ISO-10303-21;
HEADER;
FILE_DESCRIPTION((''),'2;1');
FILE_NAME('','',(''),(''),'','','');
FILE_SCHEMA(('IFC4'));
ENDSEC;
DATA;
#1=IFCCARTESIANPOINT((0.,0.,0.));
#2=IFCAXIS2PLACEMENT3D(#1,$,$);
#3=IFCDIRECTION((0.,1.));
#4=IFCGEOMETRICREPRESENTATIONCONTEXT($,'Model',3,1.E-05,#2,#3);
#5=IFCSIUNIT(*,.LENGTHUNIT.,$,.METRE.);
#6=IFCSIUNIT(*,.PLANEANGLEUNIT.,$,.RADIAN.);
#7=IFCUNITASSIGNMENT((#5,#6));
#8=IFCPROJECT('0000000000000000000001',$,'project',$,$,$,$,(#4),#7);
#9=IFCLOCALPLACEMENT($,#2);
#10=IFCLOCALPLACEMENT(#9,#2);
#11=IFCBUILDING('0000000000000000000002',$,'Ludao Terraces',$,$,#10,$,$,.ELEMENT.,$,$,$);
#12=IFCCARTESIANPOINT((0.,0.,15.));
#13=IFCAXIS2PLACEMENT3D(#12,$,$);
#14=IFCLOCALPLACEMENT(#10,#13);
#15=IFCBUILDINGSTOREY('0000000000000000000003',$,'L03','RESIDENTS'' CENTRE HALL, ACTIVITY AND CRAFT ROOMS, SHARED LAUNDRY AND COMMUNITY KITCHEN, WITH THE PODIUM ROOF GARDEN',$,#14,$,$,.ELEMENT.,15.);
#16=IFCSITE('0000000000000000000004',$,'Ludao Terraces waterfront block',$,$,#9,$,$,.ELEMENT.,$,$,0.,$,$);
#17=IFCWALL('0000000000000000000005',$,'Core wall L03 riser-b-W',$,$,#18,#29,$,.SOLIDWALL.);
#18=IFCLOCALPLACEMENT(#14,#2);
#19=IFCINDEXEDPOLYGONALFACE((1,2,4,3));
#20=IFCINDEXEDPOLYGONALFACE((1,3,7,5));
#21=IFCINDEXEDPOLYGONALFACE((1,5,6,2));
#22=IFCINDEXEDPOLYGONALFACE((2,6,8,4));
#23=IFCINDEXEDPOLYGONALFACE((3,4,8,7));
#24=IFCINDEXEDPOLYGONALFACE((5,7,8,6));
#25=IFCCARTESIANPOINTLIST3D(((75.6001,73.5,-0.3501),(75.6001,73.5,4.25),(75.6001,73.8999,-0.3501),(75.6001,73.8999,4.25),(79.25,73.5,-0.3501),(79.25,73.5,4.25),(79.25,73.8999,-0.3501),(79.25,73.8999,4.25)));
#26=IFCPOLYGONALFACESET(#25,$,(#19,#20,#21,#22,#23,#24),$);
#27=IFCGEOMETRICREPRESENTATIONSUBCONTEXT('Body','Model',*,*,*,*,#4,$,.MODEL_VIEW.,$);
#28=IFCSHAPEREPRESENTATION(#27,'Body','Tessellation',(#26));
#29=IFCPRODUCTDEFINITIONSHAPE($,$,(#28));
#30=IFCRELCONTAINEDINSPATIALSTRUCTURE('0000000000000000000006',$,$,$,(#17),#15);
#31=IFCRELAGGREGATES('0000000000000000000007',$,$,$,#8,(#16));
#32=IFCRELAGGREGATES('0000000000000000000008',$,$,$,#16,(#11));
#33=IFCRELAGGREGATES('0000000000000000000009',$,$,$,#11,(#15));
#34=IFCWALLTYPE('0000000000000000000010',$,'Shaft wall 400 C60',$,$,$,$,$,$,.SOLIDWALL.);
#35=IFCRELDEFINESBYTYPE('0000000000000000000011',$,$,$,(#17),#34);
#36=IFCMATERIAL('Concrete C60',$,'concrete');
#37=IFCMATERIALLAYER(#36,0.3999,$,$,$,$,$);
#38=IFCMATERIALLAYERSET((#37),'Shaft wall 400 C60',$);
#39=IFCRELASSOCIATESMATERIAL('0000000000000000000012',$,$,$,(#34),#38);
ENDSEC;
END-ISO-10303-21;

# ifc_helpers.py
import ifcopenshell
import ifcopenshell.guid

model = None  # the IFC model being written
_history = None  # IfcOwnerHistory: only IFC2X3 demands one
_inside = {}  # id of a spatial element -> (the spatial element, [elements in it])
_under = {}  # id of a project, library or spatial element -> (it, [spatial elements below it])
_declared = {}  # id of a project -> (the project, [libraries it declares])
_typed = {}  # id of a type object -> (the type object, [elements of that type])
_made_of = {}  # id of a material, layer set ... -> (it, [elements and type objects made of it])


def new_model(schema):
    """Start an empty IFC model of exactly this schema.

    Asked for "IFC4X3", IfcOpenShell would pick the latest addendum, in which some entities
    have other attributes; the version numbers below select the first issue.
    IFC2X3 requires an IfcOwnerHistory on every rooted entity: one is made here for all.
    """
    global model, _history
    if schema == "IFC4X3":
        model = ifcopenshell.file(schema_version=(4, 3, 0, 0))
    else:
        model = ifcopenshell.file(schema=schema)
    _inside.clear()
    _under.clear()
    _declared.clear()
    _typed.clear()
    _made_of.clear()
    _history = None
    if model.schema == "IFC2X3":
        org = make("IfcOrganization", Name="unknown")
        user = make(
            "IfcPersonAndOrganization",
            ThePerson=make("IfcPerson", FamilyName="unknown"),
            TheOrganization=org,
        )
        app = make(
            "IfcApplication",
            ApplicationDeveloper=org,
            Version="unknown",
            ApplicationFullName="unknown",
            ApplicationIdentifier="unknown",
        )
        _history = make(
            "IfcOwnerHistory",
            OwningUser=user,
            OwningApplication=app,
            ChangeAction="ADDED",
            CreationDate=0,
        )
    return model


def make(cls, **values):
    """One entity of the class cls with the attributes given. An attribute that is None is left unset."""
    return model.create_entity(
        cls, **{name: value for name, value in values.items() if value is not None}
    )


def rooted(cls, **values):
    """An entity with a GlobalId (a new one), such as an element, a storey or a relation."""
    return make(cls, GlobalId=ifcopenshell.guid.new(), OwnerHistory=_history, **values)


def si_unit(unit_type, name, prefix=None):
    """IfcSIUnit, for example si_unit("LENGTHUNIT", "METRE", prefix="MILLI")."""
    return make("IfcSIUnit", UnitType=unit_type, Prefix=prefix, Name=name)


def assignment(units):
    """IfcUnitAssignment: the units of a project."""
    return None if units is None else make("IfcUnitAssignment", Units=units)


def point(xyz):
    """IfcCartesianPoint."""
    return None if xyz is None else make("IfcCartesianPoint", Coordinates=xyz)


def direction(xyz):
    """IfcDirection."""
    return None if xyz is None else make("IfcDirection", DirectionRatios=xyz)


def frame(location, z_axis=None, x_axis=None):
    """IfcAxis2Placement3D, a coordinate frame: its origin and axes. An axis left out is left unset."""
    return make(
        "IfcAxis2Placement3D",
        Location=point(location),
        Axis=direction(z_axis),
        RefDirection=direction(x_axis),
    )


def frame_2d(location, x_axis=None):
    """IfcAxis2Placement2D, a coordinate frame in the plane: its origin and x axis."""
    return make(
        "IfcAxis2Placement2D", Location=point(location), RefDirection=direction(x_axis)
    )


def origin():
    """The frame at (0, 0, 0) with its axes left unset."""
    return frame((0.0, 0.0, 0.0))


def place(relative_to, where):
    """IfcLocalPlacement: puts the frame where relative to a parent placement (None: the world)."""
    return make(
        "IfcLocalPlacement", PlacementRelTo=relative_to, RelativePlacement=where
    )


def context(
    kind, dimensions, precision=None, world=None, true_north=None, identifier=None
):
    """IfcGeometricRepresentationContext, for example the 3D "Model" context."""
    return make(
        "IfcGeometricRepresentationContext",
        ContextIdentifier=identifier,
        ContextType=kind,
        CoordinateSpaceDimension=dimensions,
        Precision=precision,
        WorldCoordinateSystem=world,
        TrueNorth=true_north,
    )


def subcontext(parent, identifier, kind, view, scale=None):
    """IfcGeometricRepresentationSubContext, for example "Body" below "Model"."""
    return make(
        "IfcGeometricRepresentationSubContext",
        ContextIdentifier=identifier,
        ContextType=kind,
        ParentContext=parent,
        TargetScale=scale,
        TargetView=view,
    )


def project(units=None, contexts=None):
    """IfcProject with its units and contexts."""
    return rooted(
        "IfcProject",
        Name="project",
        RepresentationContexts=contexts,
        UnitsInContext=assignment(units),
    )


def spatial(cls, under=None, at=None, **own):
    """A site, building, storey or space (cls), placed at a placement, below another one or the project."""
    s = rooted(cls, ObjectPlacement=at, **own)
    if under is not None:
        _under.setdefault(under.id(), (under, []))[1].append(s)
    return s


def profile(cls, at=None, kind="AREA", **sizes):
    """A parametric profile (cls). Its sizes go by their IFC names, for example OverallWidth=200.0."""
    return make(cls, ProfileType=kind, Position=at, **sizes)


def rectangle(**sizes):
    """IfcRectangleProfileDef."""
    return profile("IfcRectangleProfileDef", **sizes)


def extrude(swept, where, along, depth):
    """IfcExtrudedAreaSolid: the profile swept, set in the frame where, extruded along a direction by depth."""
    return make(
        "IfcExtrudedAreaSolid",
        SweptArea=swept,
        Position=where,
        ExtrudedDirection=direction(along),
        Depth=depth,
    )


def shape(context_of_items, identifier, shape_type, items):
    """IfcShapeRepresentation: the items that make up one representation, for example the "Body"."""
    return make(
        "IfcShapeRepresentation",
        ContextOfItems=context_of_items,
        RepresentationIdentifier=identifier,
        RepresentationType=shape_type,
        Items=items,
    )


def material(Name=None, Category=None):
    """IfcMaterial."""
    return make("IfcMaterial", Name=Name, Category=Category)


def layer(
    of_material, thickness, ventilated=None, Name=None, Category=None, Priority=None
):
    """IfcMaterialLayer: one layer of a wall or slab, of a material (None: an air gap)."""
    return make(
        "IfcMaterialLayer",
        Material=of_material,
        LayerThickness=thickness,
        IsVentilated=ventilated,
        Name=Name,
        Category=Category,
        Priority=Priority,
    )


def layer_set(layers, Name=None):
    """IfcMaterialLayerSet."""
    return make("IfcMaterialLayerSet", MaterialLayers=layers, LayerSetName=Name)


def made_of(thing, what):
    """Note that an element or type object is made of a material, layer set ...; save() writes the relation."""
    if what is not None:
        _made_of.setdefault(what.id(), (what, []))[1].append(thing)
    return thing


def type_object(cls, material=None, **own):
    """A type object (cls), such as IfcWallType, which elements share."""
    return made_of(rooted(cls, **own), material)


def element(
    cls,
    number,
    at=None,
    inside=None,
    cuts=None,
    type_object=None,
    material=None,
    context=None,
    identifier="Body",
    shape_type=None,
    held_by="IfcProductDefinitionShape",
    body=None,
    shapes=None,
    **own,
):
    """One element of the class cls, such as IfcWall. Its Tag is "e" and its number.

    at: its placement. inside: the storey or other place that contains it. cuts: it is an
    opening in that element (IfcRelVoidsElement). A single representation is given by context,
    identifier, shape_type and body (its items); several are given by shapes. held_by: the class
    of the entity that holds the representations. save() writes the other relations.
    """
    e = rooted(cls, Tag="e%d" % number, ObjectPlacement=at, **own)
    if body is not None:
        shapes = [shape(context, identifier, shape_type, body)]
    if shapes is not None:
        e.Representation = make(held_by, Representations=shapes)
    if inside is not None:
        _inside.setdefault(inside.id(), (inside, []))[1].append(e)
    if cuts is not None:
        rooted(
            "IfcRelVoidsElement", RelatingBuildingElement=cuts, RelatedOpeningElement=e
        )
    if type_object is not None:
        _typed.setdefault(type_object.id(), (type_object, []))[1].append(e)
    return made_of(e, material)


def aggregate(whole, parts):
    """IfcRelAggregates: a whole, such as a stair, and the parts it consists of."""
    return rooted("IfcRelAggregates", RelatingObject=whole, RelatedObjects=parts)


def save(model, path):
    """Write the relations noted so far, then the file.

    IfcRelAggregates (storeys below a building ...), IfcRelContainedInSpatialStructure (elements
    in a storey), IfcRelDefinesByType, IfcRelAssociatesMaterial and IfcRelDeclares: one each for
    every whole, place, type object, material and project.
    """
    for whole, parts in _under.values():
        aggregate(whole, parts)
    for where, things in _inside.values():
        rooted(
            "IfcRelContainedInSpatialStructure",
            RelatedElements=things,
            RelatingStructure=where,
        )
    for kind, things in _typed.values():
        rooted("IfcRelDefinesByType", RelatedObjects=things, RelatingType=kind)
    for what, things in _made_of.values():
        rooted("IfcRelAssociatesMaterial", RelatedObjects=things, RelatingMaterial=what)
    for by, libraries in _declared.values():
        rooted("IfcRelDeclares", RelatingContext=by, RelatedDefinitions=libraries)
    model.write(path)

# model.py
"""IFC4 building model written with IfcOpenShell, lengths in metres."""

from ifc_helpers import new_model, si_unit, direction, frame, frame_2d, origin, place, context, subcontext, project, spatial, rectangle, extrude, material, layer, layer_set, type_object, element, save


model = new_model("IFC4")

# Units and contexts
model_context = context("Model", 3, precision=1e-05, world=origin(), true_north=direction((0.0, 1.0)))
body_context = subcontext(model_context, "Body", "Model", "MODEL_VIEW")
ifc_project = project(units=[si_unit("LENGTHUNIT", "METRE"), si_unit("PLANEANGLEUNIT", "RADIAN")], contexts=[model_context])

# Site, building, storey
site_placement = place(None, origin())
site = spatial("IfcSite", under=ifc_project, at=site_placement, Name="Ludao Terraces waterfront block", CompositionType="ELEMENT", RefElevation=0.0)
building_placement = place(site_placement, origin())
building = spatial("IfcBuilding", under=site, at=building_placement, Name="Ludao Terraces", CompositionType="ELEMENT")
storey_placement = place(building_placement, frame((0.0, 0.0, 15.0)))
storey = spatial("IfcBuildingStorey", under=building, at=storey_placement, Name="L03", Description="RESIDENTS' CENTRE HALL, ACTIVITY AND CRAFT ROOMS, SHARED LAUNDRY AND COMMUNITY KITCHEN, WITH THE PODIUM ROOF GARDEN", CompositionType="ELEMENT", Elevation=15.0)

# Shared definitions
ifc_material_1 = material(Name="Concrete C60", Category="concrete")
ifc_layer_1 = layer(ifc_material_1, 0.3999)
ifc_layer_set_1 = layer_set([ifc_layer_1], Name="Shaft wall 400 C60")
wall_type_1 = type_object("IfcWallType", Name="Shaft wall 400 C60", PredefinedType="SOLIDWALL", material=ifc_layer_set_1)

# Wall
wall_1_placement = place(storey_placement, frame((75.6001, 73.7, -0.3501), z_axis=(0.0, 0.0, 1.0), x_axis=(1.0, 0.0, 0.0)))
element("IfcWall", 1, at=wall_1_placement, inside=storey, type_object=wall_type_1, Name="Core wall L03 riser-b-W", PredefinedType="SOLIDWALL", context=body_context, shape_type="SweptSolid", body=[
    extrude(rectangle(XDim=3.6499, YDim=0.3999, at=frame_2d((1.825, 0.0))), origin(), (0.0, 0.0, 1.0), 4.6001),
])

save(model, "model.ifc")
